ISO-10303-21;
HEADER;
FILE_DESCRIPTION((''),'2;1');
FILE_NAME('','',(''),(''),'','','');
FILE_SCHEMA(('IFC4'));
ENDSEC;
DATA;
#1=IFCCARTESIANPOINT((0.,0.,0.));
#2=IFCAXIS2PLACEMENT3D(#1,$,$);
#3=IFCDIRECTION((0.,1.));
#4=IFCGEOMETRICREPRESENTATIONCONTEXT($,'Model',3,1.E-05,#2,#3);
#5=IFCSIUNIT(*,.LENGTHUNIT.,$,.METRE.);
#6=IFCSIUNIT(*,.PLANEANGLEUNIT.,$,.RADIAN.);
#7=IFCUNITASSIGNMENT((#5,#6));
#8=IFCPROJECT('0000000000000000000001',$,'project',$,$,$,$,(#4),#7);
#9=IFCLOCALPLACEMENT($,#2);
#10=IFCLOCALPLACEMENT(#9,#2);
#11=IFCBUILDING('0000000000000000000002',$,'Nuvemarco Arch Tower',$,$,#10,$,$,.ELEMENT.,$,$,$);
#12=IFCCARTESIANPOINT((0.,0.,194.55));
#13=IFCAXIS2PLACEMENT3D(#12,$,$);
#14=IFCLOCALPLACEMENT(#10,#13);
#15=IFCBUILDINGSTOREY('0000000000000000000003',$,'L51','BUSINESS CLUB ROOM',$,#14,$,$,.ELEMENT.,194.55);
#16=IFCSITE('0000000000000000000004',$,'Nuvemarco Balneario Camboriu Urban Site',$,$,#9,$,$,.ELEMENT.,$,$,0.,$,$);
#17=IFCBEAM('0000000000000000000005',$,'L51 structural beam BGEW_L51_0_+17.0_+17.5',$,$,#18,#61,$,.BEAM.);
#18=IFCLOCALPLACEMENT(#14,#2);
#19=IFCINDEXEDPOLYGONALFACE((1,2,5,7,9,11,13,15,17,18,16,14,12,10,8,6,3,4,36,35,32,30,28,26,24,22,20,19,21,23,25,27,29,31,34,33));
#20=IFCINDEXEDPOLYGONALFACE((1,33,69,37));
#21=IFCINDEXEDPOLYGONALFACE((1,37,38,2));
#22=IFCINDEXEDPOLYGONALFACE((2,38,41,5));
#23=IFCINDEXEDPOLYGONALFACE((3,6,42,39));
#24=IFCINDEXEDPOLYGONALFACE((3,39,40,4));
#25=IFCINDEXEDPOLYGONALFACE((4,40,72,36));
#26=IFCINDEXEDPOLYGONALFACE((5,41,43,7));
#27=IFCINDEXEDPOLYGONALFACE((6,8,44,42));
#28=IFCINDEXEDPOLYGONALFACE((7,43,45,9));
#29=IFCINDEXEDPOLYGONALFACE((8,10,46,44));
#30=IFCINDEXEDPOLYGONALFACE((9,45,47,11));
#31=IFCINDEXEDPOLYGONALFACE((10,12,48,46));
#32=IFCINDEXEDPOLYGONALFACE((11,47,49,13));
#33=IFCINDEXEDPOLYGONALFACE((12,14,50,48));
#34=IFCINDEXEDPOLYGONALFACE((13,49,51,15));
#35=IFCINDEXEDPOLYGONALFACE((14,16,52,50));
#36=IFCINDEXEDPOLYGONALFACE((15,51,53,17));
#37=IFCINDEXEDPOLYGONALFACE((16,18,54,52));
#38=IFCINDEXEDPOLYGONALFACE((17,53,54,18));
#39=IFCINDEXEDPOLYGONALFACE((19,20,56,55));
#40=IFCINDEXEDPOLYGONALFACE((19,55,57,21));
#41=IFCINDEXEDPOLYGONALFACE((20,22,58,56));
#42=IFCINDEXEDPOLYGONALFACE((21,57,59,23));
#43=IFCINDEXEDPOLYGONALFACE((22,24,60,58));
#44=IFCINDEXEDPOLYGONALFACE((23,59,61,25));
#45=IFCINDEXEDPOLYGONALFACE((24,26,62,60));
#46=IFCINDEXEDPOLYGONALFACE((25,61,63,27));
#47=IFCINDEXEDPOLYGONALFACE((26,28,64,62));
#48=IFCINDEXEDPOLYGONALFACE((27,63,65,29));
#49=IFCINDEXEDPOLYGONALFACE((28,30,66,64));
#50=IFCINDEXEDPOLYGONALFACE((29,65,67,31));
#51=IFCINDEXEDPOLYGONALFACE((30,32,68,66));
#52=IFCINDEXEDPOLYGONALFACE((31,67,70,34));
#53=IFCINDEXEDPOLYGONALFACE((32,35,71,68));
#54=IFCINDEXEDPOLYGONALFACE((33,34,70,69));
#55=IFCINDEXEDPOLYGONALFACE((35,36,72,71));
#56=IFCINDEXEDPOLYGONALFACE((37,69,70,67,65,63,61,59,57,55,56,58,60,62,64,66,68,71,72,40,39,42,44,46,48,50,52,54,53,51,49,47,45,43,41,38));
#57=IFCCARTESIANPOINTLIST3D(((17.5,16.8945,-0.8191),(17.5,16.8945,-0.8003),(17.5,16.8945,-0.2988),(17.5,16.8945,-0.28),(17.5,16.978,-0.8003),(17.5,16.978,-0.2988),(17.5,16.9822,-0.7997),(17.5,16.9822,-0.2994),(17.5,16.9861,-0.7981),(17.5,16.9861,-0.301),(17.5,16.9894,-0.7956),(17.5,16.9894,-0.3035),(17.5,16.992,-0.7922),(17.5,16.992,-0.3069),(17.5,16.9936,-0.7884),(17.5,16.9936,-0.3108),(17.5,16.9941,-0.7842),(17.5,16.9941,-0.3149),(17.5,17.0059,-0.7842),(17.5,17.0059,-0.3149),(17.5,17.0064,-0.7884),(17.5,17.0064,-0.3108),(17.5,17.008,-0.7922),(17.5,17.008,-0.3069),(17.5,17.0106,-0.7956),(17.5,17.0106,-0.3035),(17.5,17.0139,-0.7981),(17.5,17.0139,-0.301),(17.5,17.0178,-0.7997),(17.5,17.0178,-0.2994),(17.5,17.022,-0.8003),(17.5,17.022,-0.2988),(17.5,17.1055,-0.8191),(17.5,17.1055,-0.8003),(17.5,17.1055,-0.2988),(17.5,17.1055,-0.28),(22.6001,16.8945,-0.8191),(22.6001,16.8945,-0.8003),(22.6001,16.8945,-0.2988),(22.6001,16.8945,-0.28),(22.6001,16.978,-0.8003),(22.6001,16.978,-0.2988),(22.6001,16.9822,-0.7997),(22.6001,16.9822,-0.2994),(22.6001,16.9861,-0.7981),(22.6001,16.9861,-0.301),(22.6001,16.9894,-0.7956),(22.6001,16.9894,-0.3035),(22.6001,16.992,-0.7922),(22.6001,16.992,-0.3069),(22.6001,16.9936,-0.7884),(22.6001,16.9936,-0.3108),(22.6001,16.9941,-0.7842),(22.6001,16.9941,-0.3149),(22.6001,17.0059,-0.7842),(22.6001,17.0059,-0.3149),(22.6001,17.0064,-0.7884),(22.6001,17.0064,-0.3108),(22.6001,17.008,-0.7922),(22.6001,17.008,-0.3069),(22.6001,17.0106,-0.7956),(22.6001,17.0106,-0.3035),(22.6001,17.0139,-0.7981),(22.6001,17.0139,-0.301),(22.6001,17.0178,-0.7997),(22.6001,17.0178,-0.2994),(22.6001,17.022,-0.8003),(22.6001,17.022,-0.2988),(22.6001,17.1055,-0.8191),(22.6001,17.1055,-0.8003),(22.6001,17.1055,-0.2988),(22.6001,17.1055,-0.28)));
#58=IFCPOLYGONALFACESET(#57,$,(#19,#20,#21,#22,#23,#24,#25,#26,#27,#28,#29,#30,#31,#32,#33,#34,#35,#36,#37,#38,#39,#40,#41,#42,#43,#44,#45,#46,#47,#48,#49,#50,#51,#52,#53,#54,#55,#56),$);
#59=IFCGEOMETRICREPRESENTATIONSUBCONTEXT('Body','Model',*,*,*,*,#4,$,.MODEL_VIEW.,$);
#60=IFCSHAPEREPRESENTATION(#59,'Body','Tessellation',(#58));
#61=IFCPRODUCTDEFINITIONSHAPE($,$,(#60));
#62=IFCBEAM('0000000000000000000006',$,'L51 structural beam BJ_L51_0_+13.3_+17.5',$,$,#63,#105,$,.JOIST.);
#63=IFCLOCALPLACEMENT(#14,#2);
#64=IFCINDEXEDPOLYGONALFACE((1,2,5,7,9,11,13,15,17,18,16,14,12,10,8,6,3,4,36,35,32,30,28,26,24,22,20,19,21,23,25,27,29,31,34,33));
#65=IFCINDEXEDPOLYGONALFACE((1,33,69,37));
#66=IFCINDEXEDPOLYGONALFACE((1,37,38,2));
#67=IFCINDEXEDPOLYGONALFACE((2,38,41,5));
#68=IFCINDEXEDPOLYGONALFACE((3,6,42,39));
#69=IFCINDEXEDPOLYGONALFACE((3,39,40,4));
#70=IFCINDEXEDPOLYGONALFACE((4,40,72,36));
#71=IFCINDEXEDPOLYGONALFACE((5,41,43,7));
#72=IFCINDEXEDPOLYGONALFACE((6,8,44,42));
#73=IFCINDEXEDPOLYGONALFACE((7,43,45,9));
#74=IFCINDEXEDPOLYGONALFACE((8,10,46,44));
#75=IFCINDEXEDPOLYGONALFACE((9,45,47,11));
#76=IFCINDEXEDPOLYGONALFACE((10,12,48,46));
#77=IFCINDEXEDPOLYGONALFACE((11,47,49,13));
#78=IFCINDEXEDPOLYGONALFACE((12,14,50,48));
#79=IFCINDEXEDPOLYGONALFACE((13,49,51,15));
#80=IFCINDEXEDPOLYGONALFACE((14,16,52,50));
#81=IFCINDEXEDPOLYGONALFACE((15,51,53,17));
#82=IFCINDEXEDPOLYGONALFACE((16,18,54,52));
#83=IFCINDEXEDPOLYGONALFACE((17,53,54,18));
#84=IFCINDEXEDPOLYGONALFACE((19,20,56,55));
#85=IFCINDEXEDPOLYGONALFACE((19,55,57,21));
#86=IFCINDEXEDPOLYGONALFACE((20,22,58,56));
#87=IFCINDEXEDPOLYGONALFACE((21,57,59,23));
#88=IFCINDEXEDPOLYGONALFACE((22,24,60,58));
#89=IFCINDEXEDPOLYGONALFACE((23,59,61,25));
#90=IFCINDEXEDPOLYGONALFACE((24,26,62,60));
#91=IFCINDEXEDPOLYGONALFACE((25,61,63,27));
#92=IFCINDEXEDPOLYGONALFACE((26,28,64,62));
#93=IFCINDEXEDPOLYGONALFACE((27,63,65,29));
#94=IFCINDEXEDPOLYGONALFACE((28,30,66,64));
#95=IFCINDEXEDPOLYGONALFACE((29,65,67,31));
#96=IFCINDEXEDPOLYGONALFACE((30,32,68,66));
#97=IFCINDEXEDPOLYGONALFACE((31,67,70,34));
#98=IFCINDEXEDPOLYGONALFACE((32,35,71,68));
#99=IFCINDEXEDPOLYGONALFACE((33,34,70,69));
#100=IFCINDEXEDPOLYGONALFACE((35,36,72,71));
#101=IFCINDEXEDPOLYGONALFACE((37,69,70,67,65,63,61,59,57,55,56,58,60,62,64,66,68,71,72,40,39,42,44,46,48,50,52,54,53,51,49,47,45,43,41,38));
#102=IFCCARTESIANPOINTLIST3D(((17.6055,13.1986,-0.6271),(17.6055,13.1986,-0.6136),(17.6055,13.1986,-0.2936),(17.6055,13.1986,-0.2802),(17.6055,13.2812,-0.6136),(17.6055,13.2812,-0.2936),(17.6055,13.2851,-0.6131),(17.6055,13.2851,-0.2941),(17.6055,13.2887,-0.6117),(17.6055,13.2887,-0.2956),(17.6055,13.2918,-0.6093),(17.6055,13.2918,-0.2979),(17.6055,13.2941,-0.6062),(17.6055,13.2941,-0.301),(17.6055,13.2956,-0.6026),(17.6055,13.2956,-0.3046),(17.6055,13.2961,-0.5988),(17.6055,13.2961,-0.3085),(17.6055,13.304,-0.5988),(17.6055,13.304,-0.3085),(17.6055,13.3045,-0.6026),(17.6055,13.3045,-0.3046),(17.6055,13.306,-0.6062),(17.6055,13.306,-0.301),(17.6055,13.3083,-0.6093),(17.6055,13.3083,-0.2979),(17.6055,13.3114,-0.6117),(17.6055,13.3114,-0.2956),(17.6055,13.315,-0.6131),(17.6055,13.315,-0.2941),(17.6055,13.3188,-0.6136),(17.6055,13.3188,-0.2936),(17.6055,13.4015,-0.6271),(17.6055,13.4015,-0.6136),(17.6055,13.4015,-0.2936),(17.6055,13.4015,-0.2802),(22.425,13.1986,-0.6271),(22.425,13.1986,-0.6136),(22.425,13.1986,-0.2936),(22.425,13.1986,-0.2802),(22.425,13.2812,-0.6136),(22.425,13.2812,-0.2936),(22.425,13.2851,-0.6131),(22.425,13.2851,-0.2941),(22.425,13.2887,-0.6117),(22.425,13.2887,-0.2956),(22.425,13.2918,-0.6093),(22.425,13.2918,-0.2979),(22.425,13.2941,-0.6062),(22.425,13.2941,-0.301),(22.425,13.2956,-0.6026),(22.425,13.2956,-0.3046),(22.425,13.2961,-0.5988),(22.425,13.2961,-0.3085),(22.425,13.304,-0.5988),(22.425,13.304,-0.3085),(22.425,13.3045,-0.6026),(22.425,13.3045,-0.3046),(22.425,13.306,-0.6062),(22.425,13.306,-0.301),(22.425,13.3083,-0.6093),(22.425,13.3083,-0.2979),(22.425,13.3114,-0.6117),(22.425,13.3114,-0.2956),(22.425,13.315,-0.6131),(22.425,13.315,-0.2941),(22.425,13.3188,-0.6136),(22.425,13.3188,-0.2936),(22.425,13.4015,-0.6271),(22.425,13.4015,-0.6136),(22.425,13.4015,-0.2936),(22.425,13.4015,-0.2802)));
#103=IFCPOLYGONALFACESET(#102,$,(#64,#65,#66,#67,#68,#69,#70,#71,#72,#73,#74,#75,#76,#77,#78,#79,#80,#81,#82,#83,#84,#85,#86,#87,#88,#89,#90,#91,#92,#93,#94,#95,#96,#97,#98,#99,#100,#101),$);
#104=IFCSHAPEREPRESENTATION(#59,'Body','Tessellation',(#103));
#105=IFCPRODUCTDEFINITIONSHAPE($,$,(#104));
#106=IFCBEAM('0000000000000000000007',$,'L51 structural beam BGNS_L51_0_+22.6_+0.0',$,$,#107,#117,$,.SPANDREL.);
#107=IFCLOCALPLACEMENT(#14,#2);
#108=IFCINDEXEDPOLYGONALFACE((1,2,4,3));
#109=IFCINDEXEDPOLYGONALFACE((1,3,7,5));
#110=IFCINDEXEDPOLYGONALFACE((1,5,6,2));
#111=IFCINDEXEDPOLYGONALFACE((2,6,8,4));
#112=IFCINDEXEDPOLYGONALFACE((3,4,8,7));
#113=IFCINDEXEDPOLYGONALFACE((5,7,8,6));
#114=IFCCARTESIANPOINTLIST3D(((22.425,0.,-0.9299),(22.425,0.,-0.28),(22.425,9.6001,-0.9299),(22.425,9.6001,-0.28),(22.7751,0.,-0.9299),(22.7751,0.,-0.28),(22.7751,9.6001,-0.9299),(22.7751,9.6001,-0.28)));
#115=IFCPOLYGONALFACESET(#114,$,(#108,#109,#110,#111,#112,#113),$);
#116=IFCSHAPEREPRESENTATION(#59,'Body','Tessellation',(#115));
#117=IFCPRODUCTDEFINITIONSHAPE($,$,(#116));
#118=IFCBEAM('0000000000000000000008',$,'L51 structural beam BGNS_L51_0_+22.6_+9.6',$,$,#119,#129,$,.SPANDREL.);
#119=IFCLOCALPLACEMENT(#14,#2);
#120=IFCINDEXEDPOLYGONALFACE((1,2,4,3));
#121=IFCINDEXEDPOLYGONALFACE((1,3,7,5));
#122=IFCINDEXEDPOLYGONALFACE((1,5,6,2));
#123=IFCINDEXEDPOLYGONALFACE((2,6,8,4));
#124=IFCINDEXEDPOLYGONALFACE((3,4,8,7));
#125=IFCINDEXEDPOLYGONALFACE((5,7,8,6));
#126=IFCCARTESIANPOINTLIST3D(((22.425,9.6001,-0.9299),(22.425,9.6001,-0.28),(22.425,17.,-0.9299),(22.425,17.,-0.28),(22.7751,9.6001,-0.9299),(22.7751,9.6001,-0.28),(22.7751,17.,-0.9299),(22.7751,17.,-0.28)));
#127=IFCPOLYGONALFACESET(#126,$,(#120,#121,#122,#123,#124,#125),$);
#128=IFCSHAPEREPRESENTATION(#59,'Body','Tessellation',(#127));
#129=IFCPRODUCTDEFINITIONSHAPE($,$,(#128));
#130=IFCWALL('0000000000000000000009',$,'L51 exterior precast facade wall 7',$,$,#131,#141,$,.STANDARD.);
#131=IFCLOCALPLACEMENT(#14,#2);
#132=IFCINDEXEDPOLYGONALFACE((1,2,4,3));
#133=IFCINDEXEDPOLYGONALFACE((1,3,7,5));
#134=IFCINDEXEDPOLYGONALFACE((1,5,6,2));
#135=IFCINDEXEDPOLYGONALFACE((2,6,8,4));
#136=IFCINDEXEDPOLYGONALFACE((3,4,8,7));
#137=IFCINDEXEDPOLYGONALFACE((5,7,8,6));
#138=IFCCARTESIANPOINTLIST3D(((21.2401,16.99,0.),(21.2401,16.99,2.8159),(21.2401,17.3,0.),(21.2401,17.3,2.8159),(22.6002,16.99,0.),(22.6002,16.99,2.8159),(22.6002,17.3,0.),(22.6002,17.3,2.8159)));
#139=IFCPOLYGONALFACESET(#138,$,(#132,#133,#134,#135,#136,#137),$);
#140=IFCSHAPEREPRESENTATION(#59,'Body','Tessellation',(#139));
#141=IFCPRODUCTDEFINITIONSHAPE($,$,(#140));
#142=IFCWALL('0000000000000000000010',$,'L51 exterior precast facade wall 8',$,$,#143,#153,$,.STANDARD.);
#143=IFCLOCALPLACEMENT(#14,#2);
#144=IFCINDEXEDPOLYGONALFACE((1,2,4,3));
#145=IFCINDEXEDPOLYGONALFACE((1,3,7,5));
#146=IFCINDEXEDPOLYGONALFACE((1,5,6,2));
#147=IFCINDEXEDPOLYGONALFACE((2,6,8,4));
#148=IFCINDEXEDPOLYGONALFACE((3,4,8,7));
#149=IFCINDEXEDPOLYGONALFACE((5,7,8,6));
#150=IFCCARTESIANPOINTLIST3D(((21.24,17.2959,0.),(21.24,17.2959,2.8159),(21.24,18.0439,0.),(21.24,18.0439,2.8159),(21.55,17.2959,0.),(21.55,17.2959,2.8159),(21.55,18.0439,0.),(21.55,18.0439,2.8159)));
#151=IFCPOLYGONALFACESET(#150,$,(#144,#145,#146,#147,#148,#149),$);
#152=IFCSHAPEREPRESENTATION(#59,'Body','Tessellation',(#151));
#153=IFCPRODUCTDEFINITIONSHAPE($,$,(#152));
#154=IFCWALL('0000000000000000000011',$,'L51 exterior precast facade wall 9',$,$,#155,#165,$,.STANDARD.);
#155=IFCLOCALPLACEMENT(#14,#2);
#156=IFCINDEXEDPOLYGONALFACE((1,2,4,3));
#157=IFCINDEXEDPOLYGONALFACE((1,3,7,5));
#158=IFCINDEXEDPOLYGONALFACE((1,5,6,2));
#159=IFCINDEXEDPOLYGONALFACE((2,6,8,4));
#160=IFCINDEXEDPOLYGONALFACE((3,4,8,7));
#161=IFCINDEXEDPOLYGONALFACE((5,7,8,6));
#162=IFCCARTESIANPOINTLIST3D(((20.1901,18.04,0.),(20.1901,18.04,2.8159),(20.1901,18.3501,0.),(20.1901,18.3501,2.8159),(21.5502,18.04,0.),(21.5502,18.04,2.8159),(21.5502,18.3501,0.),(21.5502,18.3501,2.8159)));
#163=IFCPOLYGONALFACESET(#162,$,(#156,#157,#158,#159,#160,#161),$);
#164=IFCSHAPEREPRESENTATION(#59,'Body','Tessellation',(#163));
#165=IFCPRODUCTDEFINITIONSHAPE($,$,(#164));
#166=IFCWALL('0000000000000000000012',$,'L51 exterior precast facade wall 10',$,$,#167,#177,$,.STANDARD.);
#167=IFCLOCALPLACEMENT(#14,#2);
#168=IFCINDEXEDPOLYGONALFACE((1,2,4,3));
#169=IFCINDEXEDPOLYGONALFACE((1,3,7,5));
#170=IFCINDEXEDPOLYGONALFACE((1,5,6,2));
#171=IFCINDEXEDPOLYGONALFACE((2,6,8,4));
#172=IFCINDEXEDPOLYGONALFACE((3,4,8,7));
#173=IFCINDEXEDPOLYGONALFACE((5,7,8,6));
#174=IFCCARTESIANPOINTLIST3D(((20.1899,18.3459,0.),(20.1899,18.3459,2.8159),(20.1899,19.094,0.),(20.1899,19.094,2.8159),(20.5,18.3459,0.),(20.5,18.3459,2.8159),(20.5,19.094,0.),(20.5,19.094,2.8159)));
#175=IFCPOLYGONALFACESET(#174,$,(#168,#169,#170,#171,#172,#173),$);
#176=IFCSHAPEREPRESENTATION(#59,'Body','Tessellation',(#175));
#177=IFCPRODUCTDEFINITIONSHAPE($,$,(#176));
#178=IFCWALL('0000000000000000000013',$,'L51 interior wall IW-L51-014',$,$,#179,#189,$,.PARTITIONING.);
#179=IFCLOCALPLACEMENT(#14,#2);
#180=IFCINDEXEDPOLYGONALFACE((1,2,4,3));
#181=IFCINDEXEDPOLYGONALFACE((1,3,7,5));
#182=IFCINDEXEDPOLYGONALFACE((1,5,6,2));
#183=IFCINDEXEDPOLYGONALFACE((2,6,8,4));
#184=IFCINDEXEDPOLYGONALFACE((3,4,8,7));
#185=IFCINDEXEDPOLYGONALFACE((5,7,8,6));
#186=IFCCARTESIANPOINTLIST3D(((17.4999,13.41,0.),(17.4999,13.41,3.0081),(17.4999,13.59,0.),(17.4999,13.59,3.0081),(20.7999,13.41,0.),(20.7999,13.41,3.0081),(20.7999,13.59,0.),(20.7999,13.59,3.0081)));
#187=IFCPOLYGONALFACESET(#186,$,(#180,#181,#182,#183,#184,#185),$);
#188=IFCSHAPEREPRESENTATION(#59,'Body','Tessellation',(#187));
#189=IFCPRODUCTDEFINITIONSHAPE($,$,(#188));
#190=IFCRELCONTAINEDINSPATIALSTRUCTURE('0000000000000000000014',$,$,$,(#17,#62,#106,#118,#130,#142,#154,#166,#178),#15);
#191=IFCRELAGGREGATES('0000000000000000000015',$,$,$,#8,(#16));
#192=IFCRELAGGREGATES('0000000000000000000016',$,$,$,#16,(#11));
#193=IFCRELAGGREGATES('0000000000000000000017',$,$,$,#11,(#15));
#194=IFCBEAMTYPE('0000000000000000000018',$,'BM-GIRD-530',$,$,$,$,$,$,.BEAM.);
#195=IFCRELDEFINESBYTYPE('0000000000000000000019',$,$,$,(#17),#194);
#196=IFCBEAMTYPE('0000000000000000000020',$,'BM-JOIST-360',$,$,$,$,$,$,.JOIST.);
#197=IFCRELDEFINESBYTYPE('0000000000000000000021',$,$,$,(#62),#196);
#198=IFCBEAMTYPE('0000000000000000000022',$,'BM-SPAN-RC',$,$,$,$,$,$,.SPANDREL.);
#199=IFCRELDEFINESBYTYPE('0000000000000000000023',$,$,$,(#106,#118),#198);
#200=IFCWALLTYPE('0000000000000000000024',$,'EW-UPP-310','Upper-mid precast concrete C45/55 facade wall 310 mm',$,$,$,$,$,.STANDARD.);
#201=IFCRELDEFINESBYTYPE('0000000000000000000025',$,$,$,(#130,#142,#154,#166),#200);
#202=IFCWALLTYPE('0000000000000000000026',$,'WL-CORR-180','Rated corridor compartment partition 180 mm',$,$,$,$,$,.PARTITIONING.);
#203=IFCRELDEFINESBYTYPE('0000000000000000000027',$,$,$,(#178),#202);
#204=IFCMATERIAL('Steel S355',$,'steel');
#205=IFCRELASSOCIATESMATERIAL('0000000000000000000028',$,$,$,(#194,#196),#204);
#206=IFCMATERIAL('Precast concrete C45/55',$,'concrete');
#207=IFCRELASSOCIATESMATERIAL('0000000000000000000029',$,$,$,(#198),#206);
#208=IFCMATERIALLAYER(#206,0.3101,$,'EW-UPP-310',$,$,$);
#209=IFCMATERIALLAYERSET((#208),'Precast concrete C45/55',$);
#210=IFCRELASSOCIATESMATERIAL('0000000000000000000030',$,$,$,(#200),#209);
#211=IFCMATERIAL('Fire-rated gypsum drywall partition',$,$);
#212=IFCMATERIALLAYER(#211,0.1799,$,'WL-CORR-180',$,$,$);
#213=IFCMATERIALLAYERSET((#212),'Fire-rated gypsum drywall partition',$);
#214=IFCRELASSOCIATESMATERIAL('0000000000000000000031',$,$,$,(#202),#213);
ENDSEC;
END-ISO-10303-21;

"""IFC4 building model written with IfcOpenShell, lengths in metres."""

from ifc_helpers import new_model, si_unit, direction, frame, frame_2d, origin, origin_2d, place, context, subcontext, project, spatial, rectangle, i_section, extrude, material, layer, layer_set, material_profile, profile_set, type_object, element, save


model = new_model("IFC4")

# Units and contexts
model_context = context("Model", 3, precision=1e-05, world=origin(), true_north=direction((0.0, 1.0)))
body_context = subcontext(model_context, "Body", "Model", "MODEL_VIEW")
ifc_project = project(units=[si_unit("LENGTHUNIT", "METRE"), si_unit("PLANEANGLEUNIT", "RADIAN")], contexts=[model_context])

# Site, building, storey
site_placement = place(None, origin())
site = spatial("IfcSite", under=ifc_project, at=site_placement, Name="Nuvemarco Balneario Camboriu Urban Site", CompositionType="ELEMENT", RefElevation=0.0)
building_placement = place(site_placement, origin())
building = spatial("IfcBuilding", under=site, at=building_placement, Name="Nuvemarco Arch Tower", CompositionType="ELEMENT")
storey_placement = place(building_placement, frame((0.0, 0.0, 194.55)))
storey = spatial("IfcBuildingStorey", under=building, at=storey_placement, Name="L51", Description="BUSINESS CLUB ROOM", CompositionType="ELEMENT", Elevation=194.55)

# Shared definitions
ifc_material_1 = material(Name="Steel S355", Category="steel")

# Beams
ifc_material_profile_1 = material_profile(ifc_material_1, i_section(OverallWidth=0.2109, OverallDepth=0.5391, WebThickness=0.0117, FlangeThickness=0.0188, FilletRadius=0.0161, at=origin_2d()), Name="W530x109")
ifc_profile_set_1 = profile_set([ifc_material_profile_1], Name="Steel S355")
beam_type_1 = type_object("IfcBeamType", Name="BM-GIRD-530", PredefinedType="BEAM", material=ifc_profile_set_1)
for number, where, z_axis, x_axis, name in (
    (1, (17.5, 17.0, -0.5496), (1.0, 0.0, 0.0), (0.0, 1.0, 0.0), "L51 structural beam BGEW_L51_0_+17.0_+17.5"),
):
    element("IfcBeam", number, at=place(storey_placement, frame(where, z_axis=z_axis, x_axis=x_axis)), inside=storey, type_object=beam_type_1, Name=name, PredefinedType="BEAM", context=body_context, shape_type="SweptSolid", body=[
        extrude(i_section(OverallWidth=0.2109, OverallDepth=0.5391, WebThickness=0.0117, FlangeThickness=0.0188, FilletRadius=0.0161, at=origin_2d()), origin(), (0.0, 0.0, 1.0), 5.1001),
    ])
ifc_material_profile_2 = material_profile(ifc_material_1, i_section(OverallWidth=0.2029, OverallDepth=0.3469, WebThickness=0.0078, FlangeThickness=0.0134, FilletRadius=0.0149, at=origin_2d()), Name="W360x64")
ifc_profile_set_2 = profile_set([ifc_material_profile_2], Name="Steel S355")
beam_type_2 = type_object("IfcBeamType", Name="BM-JOIST-360", PredefinedType="JOIST", material=ifc_profile_set_2)
beam_1_placement = place(storey_placement, frame((17.6055, 13.3, -0.4536), z_axis=(1.0, 0.0, 0.0), x_axis=(0.0, 1.0, 0.0)))
element("IfcBeam", 2, at=beam_1_placement, inside=storey, type_object=beam_type_2, Name="L51 structural beam BJ_L51_0_+13.3_+17.5", PredefinedType="JOIST", context=body_context, shape_type="SweptSolid", body=[
    extrude(i_section(OverallWidth=0.2029, OverallDepth=0.3469, WebThickness=0.0078, FlangeThickness=0.0134, FilletRadius=0.0149, at=origin_2d()), origin(), (0.0, 0.0, 1.0), 4.8196),
])
ifc_material_2 = material(Name="Precast concrete C45/55", Category="concrete")
ifc_material_profile_3 = material_profile(ifc_material_2, rectangle(XDim=0.3501, YDim=0.6499, at=origin_2d()), Name="PC-SP-350x650")
ifc_profile_set_3 = profile_set([ifc_material_profile_3], Name="Precast concrete C45/55")
beam_type_3 = type_object("IfcBeamType", Name="BM-SPAN-RC", PredefinedType="SPANDREL", material=ifc_profile_set_3)
beam_2_placement = place(storey_placement, frame((22.6001, 0.0, -0.605), z_axis=(0.0, 1.0, 0.0), x_axis=(-1.0, 0.0, 0.0)))
element("IfcBeam", 3, at=beam_2_placement, inside=storey, type_object=beam_type_3, Name="L51 structural beam BGNS_L51_0_+22.6_+0.0", PredefinedType="SPANDREL", context=body_context, shape_type="SweptSolid", body=[
    extrude(rectangle(XDim=0.3501, YDim=0.6499, at=origin_2d()), origin(), (0.0, 0.0, 1.0), 9.6001),
])
beam_3_placement = place(storey_placement, frame((22.6001, 9.6001, -0.605), z_axis=(0.0, 1.0, 0.0), x_axis=(-1.0, 0.0, 0.0)))
element("IfcBeam", 4, at=beam_3_placement, inside=storey, type_object=beam_type_3, Name="L51 structural beam BGNS_L51_0_+22.6_+9.6", PredefinedType="SPANDREL", context=body_context, shape_type="SweptSolid", body=[
    extrude(rectangle(XDim=0.3501, YDim=0.6499, at=origin_2d()), origin(), (0.0, 0.0, 1.0), 7.3999),
])

# Walls
ifc_layer_1 = layer(ifc_material_2, 0.3101, Name="EW-UPP-310")
ifc_layer_set_1 = layer_set([ifc_layer_1], Name="Precast concrete C45/55")
wall_type_1 = type_object("IfcWallType", Name="EW-UPP-310", Description="Upper-mid precast concrete C45/55 facade wall 310 mm", PredefinedType="STANDARD", material=ifc_layer_set_1)
wall_1_placement = place(storey_placement, frame((21.24, 17.145, 0.0), z_axis=(0.0, 0.0, 1.0), x_axis=(1.0, 0.0, 0.0)))
element("IfcWall", 5, at=wall_1_placement, inside=storey, type_object=wall_type_1, Name="L51 exterior precast facade wall 7", PredefinedType="STANDARD", context=body_context, shape_type="SweptSolid", body=[
    extrude(rectangle(XDim=1.3601, YDim=0.3101, at=frame_2d((0.6802, 0.0))), origin(), (0.0, 0.0, 1.0), 2.8159),
])
wall_2_placement = place(storey_placement, frame((21.395, 17.2959, 0.0), z_axis=(0.0, 0.0, 1.0), x_axis=(0.0, 1.0, 0.0)))
element("IfcWall", 6, at=wall_2_placement, inside=storey, type_object=wall_type_1, Name="L51 exterior precast facade wall 8", PredefinedType="STANDARD", context=body_context, shape_type="SweptSolid", body=[
    extrude(rectangle(XDim=0.748, YDim=0.3101, at=frame_2d((0.374, 0.0))), origin(), (0.0, 0.0, 1.0), 2.8159),
])
wall_3_placement = place(storey_placement, frame((20.1899, 18.1951, 0.0), z_axis=(0.0, 0.0, 1.0), x_axis=(1.0, 0.0, 0.0)))
element("IfcWall", 7, at=wall_3_placement, inside=storey, type_object=wall_type_1, Name="L51 exterior precast facade wall 9", PredefinedType="STANDARD", context=body_context, shape_type="SweptSolid", body=[
    extrude(rectangle(XDim=1.3601, YDim=0.3101, at=frame_2d((0.6802, 0.0))), origin(), (0.0, 0.0, 1.0), 2.8159),
])
wall_4_placement = place(storey_placement, frame((20.345, 18.3459, 0.0), z_axis=(0.0, 0.0, 1.0), x_axis=(0.0, 1.0, 0.0)))
element("IfcWall", 8, at=wall_4_placement, inside=storey, type_object=wall_type_1, Name="L51 exterior precast facade wall 10", PredefinedType="STANDARD", context=body_context, shape_type="SweptSolid", body=[
    extrude(rectangle(XDim=0.748, YDim=0.3101, at=frame_2d((0.374, 0.0))), origin(), (0.0, 0.0, 1.0), 2.8159),
])
ifc_material_3 = material(Name="Fire-rated gypsum drywall partition")
ifc_layer_2 = layer(ifc_material_3, 0.1799, Name="WL-CORR-180")
ifc_layer_set_2 = layer_set([ifc_layer_2], Name="Fire-rated gypsum drywall partition")
wall_type_2 = type_object("IfcWallType", Name="WL-CORR-180", Description="Rated corridor compartment partition 180 mm", PredefinedType="PARTITIONING", material=ifc_layer_set_2)
wall_5_placement = place(storey_placement, frame((17.5, 13.5, 0.0), z_axis=(0.0, 0.0, 1.0), x_axis=(1.0, 0.0, 0.0)))
element("IfcWall", 9, at=wall_5_placement, inside=storey, type_object=wall_type_2, Name="L51 interior wall IW-L51-014", PredefinedType="PARTITIONING", context=body_context, shape_type="SweptSolid", body=[
    extrude(rectangle(XDim=3.3, YDim=0.1799, at=frame_2d((1.6499, 0.0))), origin(), (0.0, 0.0, 1.0), 3.0081),
])

save(model, "model.ifc")
